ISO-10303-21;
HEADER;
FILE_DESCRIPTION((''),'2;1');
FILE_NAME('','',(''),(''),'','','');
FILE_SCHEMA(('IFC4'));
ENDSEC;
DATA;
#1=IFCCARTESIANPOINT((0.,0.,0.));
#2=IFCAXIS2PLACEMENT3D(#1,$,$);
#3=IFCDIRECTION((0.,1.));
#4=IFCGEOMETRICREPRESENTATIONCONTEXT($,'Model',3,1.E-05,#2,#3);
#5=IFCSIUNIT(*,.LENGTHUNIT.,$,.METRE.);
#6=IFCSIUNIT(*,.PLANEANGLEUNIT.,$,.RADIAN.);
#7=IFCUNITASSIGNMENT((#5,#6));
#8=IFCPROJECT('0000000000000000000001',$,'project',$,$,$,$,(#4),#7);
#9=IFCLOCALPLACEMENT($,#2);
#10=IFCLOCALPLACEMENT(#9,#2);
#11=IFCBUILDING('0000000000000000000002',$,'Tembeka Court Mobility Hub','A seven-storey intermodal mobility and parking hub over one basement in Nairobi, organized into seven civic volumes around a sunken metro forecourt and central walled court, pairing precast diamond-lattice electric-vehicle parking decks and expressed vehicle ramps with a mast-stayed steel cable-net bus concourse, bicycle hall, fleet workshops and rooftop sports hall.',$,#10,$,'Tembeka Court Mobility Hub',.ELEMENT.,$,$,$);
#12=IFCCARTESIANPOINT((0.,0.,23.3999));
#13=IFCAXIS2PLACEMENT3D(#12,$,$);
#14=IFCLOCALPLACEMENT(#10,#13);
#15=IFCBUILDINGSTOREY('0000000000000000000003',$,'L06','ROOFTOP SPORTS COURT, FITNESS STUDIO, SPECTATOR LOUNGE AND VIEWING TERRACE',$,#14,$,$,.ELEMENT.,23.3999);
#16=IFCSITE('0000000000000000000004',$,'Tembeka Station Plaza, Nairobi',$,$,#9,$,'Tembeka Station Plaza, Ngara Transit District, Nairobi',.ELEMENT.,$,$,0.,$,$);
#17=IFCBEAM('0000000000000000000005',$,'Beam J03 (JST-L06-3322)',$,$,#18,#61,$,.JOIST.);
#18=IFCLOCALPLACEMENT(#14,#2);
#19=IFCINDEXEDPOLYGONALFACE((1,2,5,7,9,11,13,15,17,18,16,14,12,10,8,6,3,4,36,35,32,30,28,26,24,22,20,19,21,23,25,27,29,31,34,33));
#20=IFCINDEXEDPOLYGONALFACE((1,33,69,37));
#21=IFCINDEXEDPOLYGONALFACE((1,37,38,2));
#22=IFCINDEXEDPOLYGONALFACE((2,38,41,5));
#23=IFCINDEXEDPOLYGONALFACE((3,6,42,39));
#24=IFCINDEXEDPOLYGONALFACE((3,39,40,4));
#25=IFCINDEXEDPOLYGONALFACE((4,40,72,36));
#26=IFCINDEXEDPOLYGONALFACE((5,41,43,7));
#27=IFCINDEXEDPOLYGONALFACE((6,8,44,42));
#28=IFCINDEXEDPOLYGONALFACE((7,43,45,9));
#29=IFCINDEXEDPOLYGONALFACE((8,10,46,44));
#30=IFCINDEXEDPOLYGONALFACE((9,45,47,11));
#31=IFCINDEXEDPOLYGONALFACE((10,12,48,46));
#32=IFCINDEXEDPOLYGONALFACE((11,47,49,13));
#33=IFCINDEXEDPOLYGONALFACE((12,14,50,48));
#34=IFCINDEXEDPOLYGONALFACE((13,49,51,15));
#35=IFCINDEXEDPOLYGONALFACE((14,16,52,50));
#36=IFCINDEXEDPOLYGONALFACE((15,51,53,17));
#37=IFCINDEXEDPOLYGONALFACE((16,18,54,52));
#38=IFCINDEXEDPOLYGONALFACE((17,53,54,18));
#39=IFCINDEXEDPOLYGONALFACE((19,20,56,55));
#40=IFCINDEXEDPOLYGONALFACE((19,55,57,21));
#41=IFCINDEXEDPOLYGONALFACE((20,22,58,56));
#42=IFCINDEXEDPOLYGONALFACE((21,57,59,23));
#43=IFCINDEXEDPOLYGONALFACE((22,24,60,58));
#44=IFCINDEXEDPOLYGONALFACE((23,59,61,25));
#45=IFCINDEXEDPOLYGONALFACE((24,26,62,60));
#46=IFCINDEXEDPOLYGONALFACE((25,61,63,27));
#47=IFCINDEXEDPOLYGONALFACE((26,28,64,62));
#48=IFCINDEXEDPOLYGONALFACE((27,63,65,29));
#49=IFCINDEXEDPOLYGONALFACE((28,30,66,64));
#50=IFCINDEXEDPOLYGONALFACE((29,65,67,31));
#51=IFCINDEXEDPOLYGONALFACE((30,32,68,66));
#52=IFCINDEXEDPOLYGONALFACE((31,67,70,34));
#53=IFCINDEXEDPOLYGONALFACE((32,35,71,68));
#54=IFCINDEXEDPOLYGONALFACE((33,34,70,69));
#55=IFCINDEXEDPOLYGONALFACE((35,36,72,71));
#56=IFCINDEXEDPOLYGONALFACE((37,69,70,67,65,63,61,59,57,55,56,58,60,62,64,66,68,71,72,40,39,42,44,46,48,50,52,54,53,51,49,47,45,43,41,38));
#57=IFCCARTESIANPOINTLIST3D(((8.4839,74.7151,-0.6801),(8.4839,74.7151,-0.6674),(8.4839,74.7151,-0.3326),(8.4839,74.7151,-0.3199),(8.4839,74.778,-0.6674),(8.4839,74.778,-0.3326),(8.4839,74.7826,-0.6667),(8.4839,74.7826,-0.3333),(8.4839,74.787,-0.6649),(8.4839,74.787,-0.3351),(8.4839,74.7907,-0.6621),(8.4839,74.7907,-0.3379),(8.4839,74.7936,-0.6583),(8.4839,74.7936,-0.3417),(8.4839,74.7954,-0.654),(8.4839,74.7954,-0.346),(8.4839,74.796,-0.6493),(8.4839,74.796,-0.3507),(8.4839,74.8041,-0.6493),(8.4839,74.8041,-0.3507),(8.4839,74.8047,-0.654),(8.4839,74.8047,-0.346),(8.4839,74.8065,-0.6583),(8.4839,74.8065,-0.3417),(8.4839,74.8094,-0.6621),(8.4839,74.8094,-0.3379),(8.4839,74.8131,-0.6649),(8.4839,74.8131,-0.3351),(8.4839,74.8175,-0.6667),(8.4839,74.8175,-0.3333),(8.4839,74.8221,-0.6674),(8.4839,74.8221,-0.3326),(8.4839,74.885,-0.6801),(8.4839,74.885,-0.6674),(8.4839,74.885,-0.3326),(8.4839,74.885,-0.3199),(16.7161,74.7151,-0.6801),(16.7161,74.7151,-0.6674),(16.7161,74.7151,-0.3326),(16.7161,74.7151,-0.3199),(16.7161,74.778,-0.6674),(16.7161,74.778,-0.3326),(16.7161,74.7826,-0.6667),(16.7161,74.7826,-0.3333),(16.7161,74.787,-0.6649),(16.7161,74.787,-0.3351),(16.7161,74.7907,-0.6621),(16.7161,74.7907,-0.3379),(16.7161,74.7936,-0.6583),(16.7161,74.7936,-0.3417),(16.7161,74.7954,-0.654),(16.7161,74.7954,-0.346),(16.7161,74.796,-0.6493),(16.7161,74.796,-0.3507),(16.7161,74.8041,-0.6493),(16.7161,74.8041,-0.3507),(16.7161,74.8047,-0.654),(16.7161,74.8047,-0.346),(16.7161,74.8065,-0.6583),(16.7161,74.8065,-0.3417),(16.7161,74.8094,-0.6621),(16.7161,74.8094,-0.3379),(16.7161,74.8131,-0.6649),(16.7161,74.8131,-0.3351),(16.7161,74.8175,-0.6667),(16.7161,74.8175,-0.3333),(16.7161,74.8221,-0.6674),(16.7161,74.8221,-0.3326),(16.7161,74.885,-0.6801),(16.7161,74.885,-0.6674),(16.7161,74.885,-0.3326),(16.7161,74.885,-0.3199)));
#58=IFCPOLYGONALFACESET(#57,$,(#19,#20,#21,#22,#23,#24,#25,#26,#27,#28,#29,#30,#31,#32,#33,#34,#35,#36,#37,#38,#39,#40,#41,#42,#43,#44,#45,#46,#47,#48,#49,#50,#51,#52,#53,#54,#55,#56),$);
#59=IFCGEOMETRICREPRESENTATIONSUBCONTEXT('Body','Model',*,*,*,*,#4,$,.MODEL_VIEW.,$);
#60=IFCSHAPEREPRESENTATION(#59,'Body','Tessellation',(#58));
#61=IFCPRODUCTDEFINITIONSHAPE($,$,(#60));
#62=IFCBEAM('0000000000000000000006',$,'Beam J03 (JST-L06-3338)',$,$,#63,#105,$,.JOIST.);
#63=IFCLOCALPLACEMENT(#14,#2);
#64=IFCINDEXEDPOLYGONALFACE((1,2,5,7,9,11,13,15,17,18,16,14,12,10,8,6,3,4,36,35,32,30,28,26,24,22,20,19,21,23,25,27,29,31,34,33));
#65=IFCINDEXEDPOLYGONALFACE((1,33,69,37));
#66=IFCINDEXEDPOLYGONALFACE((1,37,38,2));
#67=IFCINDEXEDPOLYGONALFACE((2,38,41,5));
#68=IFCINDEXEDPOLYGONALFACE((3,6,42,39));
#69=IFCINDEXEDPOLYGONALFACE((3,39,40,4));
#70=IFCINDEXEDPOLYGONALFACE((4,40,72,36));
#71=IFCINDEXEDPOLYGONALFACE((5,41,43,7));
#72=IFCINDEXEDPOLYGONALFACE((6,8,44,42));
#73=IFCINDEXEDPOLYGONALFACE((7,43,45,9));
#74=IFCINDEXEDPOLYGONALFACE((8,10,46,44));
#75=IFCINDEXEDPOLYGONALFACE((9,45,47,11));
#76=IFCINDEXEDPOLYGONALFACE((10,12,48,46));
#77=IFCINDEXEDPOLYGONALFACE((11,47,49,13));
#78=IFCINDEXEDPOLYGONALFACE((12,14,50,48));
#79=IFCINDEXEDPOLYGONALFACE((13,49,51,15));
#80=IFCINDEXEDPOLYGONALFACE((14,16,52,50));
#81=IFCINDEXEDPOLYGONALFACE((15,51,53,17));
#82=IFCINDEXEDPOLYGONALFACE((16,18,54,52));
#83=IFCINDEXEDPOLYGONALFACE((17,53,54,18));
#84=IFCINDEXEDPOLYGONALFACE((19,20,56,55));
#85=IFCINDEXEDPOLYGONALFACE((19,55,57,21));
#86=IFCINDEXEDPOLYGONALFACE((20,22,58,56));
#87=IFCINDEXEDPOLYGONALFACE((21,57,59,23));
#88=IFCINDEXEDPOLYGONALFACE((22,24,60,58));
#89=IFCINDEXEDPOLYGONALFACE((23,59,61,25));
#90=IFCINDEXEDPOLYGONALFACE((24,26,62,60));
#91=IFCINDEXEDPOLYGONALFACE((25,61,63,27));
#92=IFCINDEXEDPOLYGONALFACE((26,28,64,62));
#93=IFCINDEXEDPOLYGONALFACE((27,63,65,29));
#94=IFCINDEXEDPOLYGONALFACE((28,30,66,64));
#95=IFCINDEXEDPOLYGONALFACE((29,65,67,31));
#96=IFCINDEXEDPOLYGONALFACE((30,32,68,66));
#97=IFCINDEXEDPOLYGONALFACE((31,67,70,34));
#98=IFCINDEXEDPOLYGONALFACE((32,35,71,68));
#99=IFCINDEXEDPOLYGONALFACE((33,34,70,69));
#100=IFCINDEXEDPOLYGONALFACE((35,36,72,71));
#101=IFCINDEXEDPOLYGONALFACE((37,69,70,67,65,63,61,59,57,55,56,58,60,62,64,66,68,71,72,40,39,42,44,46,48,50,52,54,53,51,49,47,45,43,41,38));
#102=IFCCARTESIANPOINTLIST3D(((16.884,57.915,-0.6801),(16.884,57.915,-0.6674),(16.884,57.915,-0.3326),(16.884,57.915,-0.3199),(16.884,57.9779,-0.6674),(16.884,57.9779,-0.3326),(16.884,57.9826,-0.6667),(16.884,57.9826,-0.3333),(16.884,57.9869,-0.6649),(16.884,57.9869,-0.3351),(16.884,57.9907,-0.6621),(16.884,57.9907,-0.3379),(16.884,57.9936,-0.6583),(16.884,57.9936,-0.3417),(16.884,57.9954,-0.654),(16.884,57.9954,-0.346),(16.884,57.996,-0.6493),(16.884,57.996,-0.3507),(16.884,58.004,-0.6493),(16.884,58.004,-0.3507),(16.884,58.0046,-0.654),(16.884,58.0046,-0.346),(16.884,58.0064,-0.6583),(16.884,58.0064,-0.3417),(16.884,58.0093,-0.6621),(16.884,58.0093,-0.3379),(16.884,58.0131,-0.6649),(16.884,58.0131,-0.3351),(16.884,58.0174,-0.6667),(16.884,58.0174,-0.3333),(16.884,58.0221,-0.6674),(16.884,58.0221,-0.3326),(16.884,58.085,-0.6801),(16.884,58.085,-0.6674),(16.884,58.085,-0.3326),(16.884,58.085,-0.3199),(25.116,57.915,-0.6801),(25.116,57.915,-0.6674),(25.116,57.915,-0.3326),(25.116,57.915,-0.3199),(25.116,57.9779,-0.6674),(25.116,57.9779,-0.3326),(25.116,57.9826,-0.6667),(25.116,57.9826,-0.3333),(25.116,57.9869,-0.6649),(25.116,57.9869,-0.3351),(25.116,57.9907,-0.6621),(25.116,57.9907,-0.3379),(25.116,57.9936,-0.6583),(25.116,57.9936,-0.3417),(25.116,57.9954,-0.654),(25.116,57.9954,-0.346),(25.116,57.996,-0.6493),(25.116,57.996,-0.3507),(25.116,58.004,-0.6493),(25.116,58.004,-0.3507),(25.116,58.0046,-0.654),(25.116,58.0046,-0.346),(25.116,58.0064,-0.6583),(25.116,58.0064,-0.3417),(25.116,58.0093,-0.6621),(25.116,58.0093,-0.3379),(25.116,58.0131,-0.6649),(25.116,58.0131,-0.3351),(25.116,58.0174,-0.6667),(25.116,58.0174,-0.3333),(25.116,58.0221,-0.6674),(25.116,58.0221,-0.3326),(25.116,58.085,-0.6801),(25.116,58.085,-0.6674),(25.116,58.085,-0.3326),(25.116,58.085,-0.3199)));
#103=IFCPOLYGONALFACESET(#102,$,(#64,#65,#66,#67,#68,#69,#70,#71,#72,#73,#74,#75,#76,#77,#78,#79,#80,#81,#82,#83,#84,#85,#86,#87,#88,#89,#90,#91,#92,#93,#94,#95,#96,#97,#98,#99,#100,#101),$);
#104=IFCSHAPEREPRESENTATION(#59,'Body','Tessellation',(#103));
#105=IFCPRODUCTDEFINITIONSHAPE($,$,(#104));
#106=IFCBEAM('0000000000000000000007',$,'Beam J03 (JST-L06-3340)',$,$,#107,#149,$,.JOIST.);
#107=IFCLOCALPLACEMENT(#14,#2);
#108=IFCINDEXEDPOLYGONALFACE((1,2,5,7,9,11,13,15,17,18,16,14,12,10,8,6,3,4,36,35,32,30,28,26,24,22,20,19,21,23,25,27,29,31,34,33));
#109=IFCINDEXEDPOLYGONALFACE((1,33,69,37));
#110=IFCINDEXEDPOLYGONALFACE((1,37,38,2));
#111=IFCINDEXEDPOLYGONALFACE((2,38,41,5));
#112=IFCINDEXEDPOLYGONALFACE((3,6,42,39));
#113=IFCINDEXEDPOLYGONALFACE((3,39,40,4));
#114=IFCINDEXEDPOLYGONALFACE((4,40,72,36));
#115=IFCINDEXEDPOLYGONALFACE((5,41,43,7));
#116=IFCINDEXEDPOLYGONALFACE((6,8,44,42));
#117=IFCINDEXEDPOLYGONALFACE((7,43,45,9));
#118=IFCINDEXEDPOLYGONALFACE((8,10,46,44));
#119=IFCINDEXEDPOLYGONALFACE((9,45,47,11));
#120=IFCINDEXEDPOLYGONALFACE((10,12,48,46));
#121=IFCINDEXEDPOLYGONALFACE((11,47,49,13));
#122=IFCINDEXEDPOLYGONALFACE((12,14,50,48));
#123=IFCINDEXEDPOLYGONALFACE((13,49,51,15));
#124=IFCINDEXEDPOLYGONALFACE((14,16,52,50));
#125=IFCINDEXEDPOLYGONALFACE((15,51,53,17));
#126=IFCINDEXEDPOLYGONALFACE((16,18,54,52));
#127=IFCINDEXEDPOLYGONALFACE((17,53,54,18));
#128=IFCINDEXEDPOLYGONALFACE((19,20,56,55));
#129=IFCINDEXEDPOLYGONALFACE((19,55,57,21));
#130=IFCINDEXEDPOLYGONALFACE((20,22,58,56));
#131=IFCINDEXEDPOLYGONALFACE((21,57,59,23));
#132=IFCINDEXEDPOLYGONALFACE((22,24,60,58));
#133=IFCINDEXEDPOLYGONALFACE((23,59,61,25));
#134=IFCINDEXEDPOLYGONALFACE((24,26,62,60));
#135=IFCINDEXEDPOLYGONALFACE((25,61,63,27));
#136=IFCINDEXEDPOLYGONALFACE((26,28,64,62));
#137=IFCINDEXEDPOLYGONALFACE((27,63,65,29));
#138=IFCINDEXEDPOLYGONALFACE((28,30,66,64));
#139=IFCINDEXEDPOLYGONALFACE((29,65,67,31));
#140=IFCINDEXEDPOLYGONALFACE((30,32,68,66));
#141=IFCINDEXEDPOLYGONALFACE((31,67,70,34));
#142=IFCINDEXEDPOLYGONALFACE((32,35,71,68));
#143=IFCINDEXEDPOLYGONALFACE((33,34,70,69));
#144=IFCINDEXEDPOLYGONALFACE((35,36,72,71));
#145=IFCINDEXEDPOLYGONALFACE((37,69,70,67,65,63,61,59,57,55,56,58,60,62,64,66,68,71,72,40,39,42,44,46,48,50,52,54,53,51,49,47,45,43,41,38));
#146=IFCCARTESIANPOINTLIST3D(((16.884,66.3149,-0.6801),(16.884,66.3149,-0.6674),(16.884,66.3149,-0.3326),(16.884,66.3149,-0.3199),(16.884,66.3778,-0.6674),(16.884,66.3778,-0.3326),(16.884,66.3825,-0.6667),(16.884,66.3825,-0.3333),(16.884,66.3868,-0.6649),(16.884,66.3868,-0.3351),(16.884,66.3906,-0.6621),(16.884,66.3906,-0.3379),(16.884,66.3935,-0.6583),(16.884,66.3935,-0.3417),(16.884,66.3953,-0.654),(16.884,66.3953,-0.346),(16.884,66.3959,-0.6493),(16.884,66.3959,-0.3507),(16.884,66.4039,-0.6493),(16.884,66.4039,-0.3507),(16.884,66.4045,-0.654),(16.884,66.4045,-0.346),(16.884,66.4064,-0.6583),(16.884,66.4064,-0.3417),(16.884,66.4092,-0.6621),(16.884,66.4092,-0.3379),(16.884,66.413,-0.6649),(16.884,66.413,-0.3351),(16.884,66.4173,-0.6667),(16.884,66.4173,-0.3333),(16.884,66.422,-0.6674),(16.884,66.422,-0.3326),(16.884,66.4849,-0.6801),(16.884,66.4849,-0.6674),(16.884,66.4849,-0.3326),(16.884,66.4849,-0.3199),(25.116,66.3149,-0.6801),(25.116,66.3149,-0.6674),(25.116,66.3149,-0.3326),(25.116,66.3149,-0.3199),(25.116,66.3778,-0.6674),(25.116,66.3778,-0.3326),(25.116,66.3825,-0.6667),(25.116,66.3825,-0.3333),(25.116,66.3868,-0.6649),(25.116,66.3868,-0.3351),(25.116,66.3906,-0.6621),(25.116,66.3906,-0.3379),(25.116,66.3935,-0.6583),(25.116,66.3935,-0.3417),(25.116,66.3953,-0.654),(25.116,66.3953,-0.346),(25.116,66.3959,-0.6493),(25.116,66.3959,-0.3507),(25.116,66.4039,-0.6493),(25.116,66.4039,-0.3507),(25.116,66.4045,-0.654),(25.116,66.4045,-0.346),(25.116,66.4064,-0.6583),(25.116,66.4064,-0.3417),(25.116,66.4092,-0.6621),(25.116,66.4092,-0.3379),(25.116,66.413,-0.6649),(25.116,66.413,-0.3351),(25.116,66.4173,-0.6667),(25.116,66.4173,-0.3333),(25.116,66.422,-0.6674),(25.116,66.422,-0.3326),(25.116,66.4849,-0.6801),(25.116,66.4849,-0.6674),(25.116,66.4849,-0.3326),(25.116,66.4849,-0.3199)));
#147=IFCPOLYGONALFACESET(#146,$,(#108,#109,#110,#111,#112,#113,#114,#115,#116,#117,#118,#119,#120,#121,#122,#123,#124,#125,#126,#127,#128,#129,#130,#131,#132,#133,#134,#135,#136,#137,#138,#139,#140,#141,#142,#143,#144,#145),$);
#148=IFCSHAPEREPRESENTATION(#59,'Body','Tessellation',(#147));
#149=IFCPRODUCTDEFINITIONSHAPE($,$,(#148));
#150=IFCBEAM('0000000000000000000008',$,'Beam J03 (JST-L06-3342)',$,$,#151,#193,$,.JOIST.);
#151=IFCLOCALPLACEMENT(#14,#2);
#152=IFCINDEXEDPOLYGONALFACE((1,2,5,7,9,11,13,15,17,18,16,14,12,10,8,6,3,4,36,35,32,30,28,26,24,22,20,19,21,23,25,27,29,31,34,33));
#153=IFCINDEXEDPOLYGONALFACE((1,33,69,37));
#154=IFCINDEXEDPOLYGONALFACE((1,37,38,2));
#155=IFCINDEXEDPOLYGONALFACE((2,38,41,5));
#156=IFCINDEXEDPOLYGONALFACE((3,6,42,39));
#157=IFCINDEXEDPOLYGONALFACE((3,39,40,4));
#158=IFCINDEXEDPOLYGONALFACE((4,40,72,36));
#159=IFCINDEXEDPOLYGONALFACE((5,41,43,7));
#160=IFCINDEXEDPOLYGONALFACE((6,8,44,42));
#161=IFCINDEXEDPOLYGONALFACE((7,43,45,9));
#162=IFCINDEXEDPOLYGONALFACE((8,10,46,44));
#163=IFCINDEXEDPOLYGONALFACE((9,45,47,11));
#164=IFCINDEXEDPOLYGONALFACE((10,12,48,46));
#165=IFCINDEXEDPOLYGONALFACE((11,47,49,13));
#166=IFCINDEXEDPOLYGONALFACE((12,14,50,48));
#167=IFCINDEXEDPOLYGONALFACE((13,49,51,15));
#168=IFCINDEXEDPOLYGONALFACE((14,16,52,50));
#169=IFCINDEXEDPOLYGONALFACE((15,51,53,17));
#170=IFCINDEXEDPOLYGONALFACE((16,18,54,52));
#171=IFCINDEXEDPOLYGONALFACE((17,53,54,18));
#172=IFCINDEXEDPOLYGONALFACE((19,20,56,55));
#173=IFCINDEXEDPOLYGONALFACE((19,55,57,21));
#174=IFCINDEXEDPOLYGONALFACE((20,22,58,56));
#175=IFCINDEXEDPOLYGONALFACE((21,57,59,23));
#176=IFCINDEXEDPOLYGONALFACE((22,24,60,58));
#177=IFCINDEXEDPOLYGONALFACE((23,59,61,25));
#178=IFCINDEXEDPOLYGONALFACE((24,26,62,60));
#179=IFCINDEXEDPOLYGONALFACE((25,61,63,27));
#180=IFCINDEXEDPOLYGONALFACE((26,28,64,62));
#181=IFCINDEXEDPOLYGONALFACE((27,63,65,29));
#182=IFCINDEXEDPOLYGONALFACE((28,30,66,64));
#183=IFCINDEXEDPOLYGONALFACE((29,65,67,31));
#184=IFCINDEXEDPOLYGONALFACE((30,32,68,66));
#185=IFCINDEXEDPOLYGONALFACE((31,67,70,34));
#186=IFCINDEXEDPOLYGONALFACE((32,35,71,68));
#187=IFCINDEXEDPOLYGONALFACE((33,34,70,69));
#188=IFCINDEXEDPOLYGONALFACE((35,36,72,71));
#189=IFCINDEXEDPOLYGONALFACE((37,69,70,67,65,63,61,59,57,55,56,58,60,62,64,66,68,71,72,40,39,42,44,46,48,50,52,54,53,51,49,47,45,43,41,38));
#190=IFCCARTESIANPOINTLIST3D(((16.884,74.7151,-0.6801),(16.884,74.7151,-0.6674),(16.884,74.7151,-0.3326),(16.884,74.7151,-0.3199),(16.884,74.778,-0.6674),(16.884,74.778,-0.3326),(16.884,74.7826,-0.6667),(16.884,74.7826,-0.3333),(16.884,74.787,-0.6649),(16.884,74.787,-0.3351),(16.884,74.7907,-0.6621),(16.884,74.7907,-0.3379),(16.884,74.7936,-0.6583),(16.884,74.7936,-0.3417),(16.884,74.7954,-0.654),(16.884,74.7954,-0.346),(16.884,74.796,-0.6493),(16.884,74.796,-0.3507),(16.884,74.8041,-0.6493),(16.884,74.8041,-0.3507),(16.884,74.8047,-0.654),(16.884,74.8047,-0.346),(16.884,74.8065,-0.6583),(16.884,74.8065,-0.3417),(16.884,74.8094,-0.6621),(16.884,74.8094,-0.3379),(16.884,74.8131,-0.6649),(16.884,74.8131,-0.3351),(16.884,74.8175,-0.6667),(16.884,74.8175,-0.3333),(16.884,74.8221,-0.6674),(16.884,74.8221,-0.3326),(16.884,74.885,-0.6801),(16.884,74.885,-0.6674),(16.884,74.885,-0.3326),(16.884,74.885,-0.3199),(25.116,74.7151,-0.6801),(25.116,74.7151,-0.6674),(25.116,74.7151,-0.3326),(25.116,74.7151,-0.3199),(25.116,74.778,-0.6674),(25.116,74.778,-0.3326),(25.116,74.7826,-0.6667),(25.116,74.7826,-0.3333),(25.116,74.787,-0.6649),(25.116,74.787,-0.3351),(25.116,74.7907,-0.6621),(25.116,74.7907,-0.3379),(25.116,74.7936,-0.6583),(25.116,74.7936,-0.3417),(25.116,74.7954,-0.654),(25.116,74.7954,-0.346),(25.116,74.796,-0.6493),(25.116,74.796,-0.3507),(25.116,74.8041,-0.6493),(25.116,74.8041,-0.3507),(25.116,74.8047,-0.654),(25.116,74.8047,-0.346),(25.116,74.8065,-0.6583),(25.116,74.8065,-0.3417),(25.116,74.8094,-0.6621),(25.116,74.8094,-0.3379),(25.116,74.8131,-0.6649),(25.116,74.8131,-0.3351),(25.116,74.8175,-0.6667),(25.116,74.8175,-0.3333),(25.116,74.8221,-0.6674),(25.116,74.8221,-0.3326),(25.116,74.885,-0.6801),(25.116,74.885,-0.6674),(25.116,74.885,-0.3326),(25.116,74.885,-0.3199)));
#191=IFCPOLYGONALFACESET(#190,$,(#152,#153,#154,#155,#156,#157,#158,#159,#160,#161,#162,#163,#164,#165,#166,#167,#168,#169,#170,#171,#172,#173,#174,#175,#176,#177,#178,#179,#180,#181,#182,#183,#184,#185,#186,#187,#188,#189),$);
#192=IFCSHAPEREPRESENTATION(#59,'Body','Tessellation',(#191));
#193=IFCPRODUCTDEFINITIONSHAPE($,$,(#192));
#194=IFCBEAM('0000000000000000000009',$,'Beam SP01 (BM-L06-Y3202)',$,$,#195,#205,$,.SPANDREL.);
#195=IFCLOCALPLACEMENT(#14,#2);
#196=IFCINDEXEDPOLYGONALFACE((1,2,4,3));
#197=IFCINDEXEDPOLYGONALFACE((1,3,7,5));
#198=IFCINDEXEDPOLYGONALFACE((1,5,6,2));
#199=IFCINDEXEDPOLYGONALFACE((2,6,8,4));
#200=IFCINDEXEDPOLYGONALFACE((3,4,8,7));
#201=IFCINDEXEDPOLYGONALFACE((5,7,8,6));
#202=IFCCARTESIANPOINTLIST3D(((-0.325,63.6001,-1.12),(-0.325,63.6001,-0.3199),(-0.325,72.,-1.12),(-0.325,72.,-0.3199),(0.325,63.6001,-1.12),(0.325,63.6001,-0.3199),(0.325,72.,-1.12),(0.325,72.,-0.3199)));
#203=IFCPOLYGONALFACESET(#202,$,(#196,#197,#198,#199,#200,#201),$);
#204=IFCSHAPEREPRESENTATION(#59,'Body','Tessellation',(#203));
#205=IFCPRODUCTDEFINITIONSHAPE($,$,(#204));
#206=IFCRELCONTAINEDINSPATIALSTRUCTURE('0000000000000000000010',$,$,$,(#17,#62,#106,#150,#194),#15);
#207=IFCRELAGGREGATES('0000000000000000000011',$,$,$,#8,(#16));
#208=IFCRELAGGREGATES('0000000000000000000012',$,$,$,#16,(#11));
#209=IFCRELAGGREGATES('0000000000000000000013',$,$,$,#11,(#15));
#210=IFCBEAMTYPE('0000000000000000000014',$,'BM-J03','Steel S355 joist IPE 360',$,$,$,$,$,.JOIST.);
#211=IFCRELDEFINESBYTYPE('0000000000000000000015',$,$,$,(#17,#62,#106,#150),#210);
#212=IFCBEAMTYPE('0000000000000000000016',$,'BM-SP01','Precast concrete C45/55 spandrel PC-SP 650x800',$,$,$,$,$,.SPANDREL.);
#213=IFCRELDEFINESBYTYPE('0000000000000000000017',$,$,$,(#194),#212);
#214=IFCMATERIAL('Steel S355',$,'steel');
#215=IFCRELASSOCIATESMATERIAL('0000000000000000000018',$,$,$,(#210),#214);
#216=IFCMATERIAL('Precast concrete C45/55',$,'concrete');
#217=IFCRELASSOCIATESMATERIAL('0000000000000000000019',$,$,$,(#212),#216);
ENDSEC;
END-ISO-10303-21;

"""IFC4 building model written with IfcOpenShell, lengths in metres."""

from ifc_helpers import new_model, si_unit, direction, frame, origin, origin_2d, place, context, subcontext, project, spatial, rectangle, i_section, extrude, material, material_profile, profile_set, type_object, element, save


model = new_model("IFC4")

# Units and contexts
model_context = context("Model", 3, precision=1e-05, world=origin(), true_north=direction((0.0, 1.0)))
body_context = subcontext(model_context, "Body", "Model", "MODEL_VIEW")
ifc_project = project(units=[si_unit("LENGTHUNIT", "METRE"), si_unit("PLANEANGLEUNIT", "RADIAN")], contexts=[model_context])

# Site, building, storey
site_placement = place(None, origin())
site = spatial("IfcSite", under=ifc_project, at=site_placement, Name="Tembeka Station Plaza, Nairobi", LongName="Tembeka Station Plaza, Ngara Transit District, Nairobi", CompositionType="ELEMENT", RefElevation=0.0)
building_placement = place(site_placement, origin())
building = spatial("IfcBuilding", under=site, at=building_placement, Name="Tembeka Court Mobility Hub", Description="A seven-storey intermodal mobility and parking hub over one basement in Nairobi, organized into seven civic volumes around a sunken metro forecourt and central walled court, pairing precast diamond-lattice electric-vehicle parking decks and expressed vehicle ramps with a mast-stayed steel cable-net bus concourse, bicycle hall, fleet workshops and rooftop sports hall.", LongName="Tembeka Court Mobility Hub", CompositionType="ELEMENT")
storey_placement = place(building_placement, frame((0.0, 0.0, 23.3999)))
storey = spatial("IfcBuildingStorey", under=building, at=storey_placement, Name="L06", Description="ROOFTOP SPORTS COURT, FITNESS STUDIO, SPECTATOR LOUNGE AND VIEWING TERRACE", CompositionType="ELEMENT", Elevation=23.3999)

# Beams
ifc_material_1 = material(Name="Steel S355", Category="steel")
ifc_material_profile_1 = material_profile(ifc_material_1, i_section(OverallWidth=0.1699, OverallDepth=0.3601, WebThickness=0.0081, FlangeThickness=0.0127, FilletRadius=0.0181, at=origin_2d()), Name="IPE 360")
ifc_profile_set_1 = profile_set([ifc_material_profile_1], Name="Steel S355")
beam_type_1 = type_object("IfcBeamType", Name="BM-J03", Description="Steel S355 joist IPE 360", PredefinedType="JOIST", material=ifc_profile_set_1)
for number, where, z_axis, x_axis, name in (
    (1, (8.4839, 74.8, -0.5), (1.0, 0.0, 0.0), (0.0, 1.0, 0.0), "Beam J03 (JST-L06-3322)"),
):
    element("IfcBeam", number, at=place(storey_placement, frame(where, z_axis=z_axis, x_axis=x_axis)), inside=storey, type_object=beam_type_1, Name=name, PredefinedType="JOIST", context=body_context, shape_type="SweptSolid", body=[
        extrude(i_section(OverallWidth=0.1699, OverallDepth=0.3601, WebThickness=0.0081, FlangeThickness=0.0127, FilletRadius=0.0181, at=origin_2d()), origin(), (0.0, 0.0, 1.0), 8.2322),
    ])
for number, where, z_axis, x_axis, name in (
    (2, (16.884, 58.0, -0.5), (1.0, 0.0, 0.0), (0.0, 1.0, 0.0), "Beam J03 (JST-L06-3338)"),
    (3, (16.884, 66.3999, -0.5), (1.0, 0.0, 0.0), (0.0, 1.0, 0.0), "Beam J03 (JST-L06-3340)"),
    (4, (16.884, 74.8, -0.5), (1.0, 0.0, 0.0), (0.0, 1.0, 0.0), "Beam J03 (JST-L06-3342)"),
):
    element("IfcBeam", number, at=place(storey_placement, frame(where, z_axis=z_axis, x_axis=x_axis)), inside=storey, type_object=beam_type_1, Name=name, PredefinedType="JOIST", context=body_context, shape_type="SweptSolid", body=[
        extrude(i_section(OverallWidth=0.1699, OverallDepth=0.3601, WebThickness=0.0081, FlangeThickness=0.0127, FilletRadius=0.0181, at=origin_2d()), origin(), (0.0, 0.0, 1.0), 8.2319),
    ])
ifc_material_2 = material(Name="Precast concrete C45/55", Category="concrete")
ifc_material_profile_2 = material_profile(ifc_material_2, rectangle(XDim=0.6499, YDim=0.8, at=origin_2d()), Name="PC-SP 650x800")
ifc_profile_set_2 = profile_set([ifc_material_profile_2], Name="Precast concrete C45/55")
beam_type_2 = type_object("IfcBeamType", Name="BM-SP01", Description="Precast concrete C45/55 spandrel PC-SP 650x800", PredefinedType="SPANDREL", material=ifc_profile_set_2)
for number, where, z_axis, x_axis, name in (
    (5, (0.0, 63.6001, -0.72), (0.0, 1.0, 0.0), (-1.0, 0.0, 0.0), "Beam SP01 (BM-L06-Y3202)"),
):
    element("IfcBeam", number, at=place(storey_placement, frame(where, z_axis=z_axis, x_axis=x_axis)), inside=storey, type_object=beam_type_2, Name=name, PredefinedType="SPANDREL", context=body_context, shape_type="SweptSolid", body=[
        extrude(rectangle(XDim=0.6499, YDim=0.8, at=origin_2d()), origin(), (0.0, 0.0, 1.0), 8.3999),
    ])

save(model, "model.ifc")
